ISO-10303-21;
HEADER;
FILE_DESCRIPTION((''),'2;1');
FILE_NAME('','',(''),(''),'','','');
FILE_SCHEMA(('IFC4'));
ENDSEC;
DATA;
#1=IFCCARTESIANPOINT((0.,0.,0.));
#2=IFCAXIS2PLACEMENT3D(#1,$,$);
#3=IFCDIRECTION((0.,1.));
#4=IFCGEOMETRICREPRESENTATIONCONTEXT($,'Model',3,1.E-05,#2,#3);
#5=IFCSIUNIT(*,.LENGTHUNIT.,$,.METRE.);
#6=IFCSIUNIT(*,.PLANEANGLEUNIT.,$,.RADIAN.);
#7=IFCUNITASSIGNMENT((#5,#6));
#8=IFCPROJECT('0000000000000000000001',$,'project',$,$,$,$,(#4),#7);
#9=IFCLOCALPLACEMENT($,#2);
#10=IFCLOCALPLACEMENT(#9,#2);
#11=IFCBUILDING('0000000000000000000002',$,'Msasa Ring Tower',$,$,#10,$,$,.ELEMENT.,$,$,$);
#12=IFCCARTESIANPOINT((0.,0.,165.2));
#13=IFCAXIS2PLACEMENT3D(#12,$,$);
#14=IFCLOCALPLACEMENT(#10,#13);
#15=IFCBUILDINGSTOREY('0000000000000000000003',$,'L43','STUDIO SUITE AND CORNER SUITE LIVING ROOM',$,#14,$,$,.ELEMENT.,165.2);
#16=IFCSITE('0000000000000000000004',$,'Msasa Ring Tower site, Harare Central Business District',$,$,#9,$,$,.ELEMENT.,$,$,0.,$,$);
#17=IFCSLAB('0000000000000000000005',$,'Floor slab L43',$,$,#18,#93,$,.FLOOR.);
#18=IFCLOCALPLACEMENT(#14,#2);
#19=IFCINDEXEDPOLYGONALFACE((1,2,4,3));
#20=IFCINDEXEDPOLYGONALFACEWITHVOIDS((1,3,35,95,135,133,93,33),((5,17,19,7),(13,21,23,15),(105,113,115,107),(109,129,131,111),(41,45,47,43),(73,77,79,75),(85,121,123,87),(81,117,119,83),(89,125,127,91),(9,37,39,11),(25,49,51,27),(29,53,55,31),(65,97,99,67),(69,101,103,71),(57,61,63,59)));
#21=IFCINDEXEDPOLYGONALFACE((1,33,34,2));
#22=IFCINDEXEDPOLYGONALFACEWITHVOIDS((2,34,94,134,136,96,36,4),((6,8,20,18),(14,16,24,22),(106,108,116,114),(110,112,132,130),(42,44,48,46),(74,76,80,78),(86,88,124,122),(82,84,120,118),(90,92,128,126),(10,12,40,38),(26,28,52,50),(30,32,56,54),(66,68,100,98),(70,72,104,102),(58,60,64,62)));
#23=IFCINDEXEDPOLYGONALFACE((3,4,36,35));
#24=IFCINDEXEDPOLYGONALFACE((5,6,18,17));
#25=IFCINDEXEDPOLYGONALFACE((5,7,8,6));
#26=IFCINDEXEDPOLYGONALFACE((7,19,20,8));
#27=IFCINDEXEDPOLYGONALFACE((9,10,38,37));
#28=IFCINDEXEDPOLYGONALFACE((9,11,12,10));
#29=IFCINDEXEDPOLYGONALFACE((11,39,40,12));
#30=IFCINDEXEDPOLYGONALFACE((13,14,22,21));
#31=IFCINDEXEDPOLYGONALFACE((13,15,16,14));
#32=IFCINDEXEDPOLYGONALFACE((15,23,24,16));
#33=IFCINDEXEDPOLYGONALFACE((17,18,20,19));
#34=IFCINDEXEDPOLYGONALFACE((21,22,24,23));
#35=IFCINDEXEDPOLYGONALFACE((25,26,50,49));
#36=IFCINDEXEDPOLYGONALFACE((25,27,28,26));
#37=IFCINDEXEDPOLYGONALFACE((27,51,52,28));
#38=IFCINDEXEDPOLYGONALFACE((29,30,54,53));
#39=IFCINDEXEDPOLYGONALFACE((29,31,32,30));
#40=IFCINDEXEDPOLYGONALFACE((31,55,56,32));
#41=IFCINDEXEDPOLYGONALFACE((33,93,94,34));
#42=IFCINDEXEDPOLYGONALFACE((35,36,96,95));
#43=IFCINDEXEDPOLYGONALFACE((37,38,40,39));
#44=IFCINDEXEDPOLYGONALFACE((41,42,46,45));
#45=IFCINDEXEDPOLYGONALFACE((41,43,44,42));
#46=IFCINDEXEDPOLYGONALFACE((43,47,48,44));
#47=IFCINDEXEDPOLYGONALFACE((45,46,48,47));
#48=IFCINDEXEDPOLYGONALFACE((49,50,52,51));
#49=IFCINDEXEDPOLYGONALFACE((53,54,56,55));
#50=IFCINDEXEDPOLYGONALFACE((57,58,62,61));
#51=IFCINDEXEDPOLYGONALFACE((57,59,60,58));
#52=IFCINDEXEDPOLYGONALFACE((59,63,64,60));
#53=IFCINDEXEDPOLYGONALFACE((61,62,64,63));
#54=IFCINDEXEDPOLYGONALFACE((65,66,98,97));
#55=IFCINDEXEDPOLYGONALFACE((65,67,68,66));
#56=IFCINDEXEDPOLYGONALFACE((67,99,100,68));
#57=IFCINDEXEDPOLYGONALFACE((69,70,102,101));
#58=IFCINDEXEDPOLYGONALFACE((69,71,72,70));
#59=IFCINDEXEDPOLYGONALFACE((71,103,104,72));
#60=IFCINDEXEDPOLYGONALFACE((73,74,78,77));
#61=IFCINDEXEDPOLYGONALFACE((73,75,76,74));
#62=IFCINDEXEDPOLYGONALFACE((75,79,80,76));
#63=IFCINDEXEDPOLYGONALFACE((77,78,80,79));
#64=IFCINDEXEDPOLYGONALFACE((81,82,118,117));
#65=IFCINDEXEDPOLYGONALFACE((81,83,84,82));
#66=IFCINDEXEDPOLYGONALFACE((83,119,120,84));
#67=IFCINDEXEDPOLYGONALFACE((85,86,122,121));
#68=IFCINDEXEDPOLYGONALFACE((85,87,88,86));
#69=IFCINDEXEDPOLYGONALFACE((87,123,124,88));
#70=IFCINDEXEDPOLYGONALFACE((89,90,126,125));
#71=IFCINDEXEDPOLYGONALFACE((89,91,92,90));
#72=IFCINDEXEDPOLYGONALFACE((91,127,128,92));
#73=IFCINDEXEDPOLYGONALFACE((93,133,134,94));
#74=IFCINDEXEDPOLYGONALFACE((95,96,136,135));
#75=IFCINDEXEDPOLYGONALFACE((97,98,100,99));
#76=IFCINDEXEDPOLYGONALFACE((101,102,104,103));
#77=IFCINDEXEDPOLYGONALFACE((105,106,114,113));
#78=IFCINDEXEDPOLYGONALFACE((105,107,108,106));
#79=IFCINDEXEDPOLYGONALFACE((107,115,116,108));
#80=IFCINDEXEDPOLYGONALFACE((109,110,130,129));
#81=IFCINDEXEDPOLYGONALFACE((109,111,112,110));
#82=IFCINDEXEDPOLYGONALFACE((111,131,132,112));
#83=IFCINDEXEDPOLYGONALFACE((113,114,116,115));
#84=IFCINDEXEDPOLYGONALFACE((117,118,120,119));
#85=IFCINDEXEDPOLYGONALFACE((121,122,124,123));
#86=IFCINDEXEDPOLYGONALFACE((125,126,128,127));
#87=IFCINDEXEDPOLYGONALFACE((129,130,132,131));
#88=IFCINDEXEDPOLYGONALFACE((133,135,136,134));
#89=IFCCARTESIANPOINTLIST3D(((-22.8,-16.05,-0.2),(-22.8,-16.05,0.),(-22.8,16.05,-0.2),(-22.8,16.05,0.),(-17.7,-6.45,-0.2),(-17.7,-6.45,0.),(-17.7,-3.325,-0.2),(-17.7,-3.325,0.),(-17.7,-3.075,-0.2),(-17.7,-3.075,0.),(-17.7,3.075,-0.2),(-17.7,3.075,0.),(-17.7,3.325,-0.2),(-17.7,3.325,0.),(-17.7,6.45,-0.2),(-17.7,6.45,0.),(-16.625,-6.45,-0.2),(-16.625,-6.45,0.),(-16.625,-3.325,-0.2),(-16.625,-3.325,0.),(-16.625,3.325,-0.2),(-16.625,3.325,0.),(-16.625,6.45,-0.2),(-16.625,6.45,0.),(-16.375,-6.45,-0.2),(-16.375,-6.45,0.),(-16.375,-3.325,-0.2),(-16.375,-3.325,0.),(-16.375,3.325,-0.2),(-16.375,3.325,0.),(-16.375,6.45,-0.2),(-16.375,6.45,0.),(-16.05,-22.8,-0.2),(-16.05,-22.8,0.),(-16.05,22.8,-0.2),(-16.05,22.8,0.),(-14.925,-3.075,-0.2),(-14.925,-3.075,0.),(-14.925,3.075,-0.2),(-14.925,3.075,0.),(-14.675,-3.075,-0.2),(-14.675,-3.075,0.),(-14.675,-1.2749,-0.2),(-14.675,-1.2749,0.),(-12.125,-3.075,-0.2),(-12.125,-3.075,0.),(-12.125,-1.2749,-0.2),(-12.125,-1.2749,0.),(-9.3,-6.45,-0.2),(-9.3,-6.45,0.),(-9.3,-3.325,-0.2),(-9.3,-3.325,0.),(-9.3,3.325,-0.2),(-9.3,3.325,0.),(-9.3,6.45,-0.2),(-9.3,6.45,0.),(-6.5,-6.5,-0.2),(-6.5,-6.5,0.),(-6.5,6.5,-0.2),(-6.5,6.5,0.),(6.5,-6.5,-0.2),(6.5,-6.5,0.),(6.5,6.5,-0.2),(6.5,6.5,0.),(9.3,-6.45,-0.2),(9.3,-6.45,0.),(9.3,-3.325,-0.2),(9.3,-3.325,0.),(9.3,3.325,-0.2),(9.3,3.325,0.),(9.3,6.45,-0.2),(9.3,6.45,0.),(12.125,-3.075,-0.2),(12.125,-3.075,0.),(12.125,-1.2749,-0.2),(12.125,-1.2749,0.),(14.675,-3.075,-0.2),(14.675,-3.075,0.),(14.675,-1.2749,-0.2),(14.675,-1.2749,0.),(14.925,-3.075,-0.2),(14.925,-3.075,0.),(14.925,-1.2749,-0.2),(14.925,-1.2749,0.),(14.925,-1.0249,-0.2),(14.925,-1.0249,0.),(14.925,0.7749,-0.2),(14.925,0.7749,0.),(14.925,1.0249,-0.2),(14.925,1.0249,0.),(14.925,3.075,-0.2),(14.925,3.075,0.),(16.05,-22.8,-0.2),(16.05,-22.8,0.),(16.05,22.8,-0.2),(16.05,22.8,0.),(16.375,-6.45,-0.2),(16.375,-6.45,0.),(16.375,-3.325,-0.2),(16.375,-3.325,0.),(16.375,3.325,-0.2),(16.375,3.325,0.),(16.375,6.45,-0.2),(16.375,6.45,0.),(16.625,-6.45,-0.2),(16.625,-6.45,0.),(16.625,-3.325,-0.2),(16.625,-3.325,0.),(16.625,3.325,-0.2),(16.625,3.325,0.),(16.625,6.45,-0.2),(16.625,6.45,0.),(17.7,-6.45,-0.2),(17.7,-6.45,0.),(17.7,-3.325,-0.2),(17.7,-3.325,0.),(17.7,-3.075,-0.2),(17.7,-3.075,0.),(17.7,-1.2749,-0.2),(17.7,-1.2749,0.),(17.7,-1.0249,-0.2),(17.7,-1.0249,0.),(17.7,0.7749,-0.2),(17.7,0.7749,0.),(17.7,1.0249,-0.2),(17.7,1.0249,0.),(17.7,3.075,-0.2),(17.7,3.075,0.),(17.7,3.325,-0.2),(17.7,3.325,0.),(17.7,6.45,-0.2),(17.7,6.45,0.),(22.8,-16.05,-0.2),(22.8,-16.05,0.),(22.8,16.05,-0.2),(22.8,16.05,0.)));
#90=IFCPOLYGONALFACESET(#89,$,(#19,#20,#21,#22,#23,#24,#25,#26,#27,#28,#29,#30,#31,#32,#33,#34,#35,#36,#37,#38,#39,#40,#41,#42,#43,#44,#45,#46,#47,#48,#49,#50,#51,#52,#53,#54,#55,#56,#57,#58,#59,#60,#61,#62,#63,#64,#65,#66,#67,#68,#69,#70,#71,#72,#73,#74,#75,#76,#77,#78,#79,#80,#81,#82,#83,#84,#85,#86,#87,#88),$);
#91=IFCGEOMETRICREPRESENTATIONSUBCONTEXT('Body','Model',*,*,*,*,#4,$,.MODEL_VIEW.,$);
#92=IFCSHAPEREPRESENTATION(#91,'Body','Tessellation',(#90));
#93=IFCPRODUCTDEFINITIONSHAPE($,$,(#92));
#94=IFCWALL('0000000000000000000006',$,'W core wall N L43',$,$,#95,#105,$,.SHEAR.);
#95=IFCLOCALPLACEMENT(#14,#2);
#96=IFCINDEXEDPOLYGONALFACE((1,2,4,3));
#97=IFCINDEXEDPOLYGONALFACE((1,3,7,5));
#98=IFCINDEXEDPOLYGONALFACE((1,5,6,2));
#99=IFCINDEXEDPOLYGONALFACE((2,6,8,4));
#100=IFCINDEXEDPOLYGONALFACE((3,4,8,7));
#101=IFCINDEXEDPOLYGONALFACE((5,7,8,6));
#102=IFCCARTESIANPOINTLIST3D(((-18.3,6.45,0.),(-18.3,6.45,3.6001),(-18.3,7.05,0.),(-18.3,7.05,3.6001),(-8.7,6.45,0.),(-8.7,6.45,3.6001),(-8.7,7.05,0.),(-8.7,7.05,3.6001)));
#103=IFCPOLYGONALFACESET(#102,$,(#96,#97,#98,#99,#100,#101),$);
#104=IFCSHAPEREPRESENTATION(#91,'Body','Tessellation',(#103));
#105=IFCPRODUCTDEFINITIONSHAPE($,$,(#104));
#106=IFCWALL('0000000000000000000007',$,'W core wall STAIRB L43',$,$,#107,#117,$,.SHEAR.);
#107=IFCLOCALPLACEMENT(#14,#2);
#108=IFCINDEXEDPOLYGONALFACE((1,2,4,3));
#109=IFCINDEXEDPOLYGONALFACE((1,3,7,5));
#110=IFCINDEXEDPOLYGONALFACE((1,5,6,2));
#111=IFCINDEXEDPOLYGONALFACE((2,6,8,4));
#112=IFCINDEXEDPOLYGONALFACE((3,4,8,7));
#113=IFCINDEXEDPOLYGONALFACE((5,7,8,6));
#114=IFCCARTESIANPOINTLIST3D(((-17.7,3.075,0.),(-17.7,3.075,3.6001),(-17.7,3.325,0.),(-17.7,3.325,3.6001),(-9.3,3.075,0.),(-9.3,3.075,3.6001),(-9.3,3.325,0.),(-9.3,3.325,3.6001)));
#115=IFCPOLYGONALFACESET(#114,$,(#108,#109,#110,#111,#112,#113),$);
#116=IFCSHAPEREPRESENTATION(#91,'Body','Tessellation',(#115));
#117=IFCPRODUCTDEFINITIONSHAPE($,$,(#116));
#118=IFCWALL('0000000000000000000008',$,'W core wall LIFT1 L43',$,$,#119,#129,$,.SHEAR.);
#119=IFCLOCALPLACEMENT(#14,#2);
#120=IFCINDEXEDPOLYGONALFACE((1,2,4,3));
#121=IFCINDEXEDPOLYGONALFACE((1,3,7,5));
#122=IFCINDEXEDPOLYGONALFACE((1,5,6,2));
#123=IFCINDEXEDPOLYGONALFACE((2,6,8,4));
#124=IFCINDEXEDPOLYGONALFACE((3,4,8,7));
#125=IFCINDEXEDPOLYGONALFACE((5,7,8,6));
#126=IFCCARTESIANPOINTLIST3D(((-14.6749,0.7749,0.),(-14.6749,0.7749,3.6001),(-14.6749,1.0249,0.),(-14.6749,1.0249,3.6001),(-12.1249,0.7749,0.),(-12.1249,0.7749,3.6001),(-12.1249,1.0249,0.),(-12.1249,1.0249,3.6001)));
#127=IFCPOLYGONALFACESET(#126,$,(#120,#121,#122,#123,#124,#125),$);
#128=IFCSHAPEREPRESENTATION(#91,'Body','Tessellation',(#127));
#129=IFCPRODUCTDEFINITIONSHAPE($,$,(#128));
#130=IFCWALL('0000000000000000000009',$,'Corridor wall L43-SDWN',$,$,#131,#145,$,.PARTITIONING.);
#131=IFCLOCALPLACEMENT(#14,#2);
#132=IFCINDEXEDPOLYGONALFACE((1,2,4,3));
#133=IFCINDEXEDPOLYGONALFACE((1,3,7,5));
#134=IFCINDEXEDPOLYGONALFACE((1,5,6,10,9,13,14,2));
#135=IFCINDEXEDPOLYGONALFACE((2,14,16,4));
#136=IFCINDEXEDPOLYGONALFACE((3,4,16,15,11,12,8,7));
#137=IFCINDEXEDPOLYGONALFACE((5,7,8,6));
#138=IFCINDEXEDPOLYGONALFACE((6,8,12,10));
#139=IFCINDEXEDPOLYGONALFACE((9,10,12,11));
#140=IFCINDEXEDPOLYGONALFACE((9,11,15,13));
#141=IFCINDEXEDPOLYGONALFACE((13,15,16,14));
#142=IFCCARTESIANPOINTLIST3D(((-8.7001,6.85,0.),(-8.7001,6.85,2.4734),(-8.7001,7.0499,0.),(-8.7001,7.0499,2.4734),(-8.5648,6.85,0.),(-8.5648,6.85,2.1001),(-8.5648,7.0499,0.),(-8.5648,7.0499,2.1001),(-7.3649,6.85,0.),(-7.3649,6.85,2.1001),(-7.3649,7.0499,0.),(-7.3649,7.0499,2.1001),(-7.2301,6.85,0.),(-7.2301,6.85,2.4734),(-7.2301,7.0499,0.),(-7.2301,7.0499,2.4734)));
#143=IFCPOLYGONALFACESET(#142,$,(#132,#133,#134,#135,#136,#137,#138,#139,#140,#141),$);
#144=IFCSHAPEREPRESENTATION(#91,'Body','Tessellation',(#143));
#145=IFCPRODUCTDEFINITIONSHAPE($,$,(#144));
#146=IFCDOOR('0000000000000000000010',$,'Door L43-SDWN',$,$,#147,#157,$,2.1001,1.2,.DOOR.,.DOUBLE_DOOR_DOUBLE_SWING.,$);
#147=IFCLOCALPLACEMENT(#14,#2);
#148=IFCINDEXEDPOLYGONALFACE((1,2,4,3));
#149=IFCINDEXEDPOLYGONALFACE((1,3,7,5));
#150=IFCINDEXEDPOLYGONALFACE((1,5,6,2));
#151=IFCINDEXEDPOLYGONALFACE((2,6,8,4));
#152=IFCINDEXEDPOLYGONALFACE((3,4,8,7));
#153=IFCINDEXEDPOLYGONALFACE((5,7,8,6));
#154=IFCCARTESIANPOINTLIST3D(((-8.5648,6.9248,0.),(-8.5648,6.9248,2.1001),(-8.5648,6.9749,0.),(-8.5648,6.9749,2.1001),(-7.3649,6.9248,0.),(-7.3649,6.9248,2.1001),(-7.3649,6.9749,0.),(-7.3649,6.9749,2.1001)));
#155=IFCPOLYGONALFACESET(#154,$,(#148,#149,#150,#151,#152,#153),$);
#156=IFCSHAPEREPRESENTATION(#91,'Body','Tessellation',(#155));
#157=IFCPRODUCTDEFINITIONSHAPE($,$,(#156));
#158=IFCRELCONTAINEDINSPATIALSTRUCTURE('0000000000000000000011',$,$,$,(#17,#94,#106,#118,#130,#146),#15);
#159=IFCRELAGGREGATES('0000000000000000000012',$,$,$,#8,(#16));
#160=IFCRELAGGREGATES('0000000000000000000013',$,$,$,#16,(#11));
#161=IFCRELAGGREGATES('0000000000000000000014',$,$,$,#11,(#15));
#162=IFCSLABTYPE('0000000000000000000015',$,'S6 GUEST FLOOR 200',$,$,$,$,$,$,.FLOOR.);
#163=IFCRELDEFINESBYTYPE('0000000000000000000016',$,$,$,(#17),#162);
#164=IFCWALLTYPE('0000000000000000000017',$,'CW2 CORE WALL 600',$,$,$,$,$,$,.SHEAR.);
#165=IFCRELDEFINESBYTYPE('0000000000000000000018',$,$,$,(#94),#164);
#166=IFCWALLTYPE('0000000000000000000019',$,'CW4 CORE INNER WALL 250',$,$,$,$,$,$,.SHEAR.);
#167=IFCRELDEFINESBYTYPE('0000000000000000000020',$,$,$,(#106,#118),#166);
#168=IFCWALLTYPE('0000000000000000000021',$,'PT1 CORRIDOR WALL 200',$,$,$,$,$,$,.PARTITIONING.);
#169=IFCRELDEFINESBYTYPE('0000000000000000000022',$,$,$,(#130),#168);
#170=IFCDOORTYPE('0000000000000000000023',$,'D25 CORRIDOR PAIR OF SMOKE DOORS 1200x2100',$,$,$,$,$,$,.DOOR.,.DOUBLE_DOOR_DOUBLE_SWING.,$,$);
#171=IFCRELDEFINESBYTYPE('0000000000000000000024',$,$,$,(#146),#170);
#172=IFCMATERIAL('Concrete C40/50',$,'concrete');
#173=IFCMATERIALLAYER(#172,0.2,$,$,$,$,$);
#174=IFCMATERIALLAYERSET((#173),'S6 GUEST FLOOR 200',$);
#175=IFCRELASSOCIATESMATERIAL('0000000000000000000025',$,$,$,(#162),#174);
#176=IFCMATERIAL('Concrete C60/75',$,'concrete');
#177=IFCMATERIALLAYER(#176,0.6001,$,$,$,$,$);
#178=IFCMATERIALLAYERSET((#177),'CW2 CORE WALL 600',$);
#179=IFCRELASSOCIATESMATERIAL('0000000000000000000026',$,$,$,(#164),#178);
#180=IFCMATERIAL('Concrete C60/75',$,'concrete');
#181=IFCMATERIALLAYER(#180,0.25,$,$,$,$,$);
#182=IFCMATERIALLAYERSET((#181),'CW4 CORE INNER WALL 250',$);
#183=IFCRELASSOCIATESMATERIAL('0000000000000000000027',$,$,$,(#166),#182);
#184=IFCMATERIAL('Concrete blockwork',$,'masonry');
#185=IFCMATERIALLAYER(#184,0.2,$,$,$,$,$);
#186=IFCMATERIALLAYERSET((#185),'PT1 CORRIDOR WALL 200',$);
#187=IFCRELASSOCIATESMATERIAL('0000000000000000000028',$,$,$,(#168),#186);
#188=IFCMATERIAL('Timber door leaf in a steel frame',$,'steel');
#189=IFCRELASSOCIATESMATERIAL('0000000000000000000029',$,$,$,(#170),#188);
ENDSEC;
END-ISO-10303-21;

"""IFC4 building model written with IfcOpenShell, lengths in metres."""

from ifc_helpers import new_model, si_unit, direction, frame, frame_2d, origin, place, context, subcontext, project, spatial, polyline, rectangle, outline, extrude, material, layer, layer_set, type_object, element, fill, save


model = new_model("IFC4")

# Units and contexts
model_context = context("Model", 3, precision=1e-05, world=origin(), true_north=direction((0.0, 1.0)))
body_context = subcontext(model_context, "Body", "Model", "MODEL_VIEW")
ifc_project = project(units=[si_unit("LENGTHUNIT", "METRE"), si_unit("PLANEANGLEUNIT", "RADIAN")], contexts=[model_context])

# Site, building, storey
site_placement = place(None, origin())
site = spatial("IfcSite", under=ifc_project, at=site_placement, Name="Msasa Ring Tower site, Harare Central Business District", CompositionType="ELEMENT", RefElevation=0.0)
building_placement = place(site_placement, origin())
building = spatial("IfcBuilding", under=site, at=building_placement, Name="Msasa Ring Tower", CompositionType="ELEMENT")
storey_placement = place(building_placement, frame((0.0, 0.0, 165.2)))
storey = spatial("IfcBuildingStorey", under=building, at=storey_placement, Name="L43", Description="STUDIO SUITE AND CORNER SUITE LIVING ROOM", CompositionType="ELEMENT", Elevation=165.2)

# Slab
ifc_material_1 = material(Name="Concrete C40/50", Category="concrete")
ifc_layer_1 = layer(ifc_material_1, 0.2)
ifc_layer_set_1 = layer_set([ifc_layer_1], Name="S6 GUEST FLOOR 200")
slab_type = type_object("IfcSlabType", Name="S6 GUEST FLOOR 200", PredefinedType="FLOOR", material=ifc_layer_set_1)
slab_placement = place(storey_placement, frame((0.0, 0.0, -0.2)))
element("IfcSlab", 1, at=slab_placement, inside=storey, type_object=slab_type, Name="Floor slab L43", PredefinedType="FLOOR", context=body_context, shape_type="SweptSolid", body=[
    extrude(outline(polyline([(-16.05, -22.8), (16.05, -22.8), (22.8, -16.05), (22.8, 16.05), (16.05, 22.8), (-16.05, 22.8), (-22.8, 16.05), (-22.8, -16.05), (-16.05, -22.8)]), holes=[polyline([(-6.5, -6.5), (6.5, -6.5), (6.5, 6.5), (-6.5, 6.5), (-6.5, -6.5)]), polyline([(9.3, -6.45), (16.375, -6.45), (16.375, -3.325), (9.3, -3.325), (9.3, -6.45)]), polyline([(9.3, 3.325), (16.375, 3.325), (16.375, 6.45), (9.3, 6.45), (9.3, 3.325)]), polyline([(12.125, -3.075), (14.675, -3.075), (14.675, -1.2749), (12.125, -1.2749), (12.125, -3.075)]), polyline([(16.625, -6.45), (17.7, -6.45), (17.7, -3.325), (16.625, -3.325), (16.625, -6.45)]), polyline([(16.625, 3.325), (17.7, 3.325), (17.7, 6.45), (16.625, 6.45), (16.625, 3.325)]), polyline([(14.925, -3.075), (17.7, -3.075), (17.7, -1.2749), (14.925, -1.2749), (14.925, -3.075)]), polyline([(14.925, -1.0249), (17.7, -1.0249), (17.7, 0.7749), (14.925, 0.7749), (14.925, -1.0249)]), polyline([(14.925, 1.0249), (17.7, 1.0249), (17.7, 3.075), (14.925, 3.075), (14.925, 1.0249)]), polyline([(-16.375, -6.45), (-9.3, -6.45), (-9.3, -3.325), (-16.375, -3.325), (-16.375, -6.45)]), polyline([(-16.375, 3.325), (-9.3, 3.325), (-9.3, 6.45), (-16.375, 6.45), (-16.375, 3.325)]), polyline([(-14.675, -3.075), (-12.125, -3.075), (-12.125, -1.2749), (-14.675, -1.2749), (-14.675, -3.075)]), polyline([(-17.7, -6.45), (-16.625, -6.45), (-16.625, -3.325), (-17.7, -3.325), (-17.7, -6.45)]), polyline([(-17.7, 3.325), (-16.625, 3.325), (-16.625, 6.45), (-17.7, 6.45), (-17.7, 3.325)]), polyline([(-17.7, -3.075), (-14.925, -3.075), (-14.925, 3.075), (-17.7, 3.075), (-17.7, -3.075)])]), origin(), (0.0, 0.0, 1.0), 0.2),
])

# Walls
ifc_material_2 = material(Name="Concrete C60/75", Category="concrete")
ifc_layer_2 = layer(ifc_material_2, 0.6001)
ifc_layer_set_2 = layer_set([ifc_layer_2], Name="CW2 CORE WALL 600")
wall_type_1 = type_object("IfcWallType", Name="CW2 CORE WALL 600", PredefinedType="SHEAR", material=ifc_layer_set_2)
wall_1_placement = place(storey_placement, frame((-8.7, 6.75, 0.0), z_axis=(0.0, 0.0, 1.0), x_axis=(-1.0, 0.0, 0.0)))
element("IfcWall", 2, at=wall_1_placement, inside=storey, type_object=wall_type_1, Name="W core wall N L43", PredefinedType="SHEAR", context=body_context, shape_type="SweptSolid", body=[
    extrude(rectangle(XDim=9.6001, YDim=0.6001, at=frame_2d((4.8, 0.0))), origin(), (0.0, 0.0, 1.0), 3.6001),
])
ifc_material_3 = material(Name="Concrete C60/75", Category="concrete")
ifc_layer_3 = layer(ifc_material_3, 0.25)
ifc_layer_set_3 = layer_set([ifc_layer_3], Name="CW4 CORE INNER WALL 250")
wall_type_2 = type_object("IfcWallType", Name="CW4 CORE INNER WALL 250", PredefinedType="SHEAR", material=ifc_layer_set_3)
wall_2_placement = place(storey_placement, frame((-9.3, 3.2, 0.0), z_axis=(0.0, 0.0, 1.0), x_axis=(-1.0, 0.0, 0.0)))
element("IfcWall", 3, at=wall_2_placement, inside=storey, type_object=wall_type_2, Name="W core wall STAIRB L43", PredefinedType="SHEAR", context=body_context, shape_type="SweptSolid", body=[
    extrude(rectangle(XDim=8.3999, YDim=0.25, at=frame_2d((4.2, 0.0))), origin(), (0.0, 0.0, 1.0), 3.6001),
])
wall_3_placement = place(storey_placement, frame((-12.125, 0.8999, 0.0), z_axis=(0.0, 0.0, 1.0), x_axis=(-1.0, 0.0, 0.0)))
element("IfcWall", 4, at=wall_3_placement, inside=storey, type_object=wall_type_2, Name="W core wall LIFT1 L43", PredefinedType="SHEAR", context=body_context, shape_type="SweptSolid", body=[
    extrude(rectangle(XDim=2.55, YDim=0.25, at=frame_2d((1.2749, 0.0))), origin(), (0.0, 0.0, 1.0), 3.6001),
])

# Wall, opening, door
ifc_material_4 = material(Name="Concrete blockwork", Category="masonry")
ifc_layer_4 = layer(ifc_material_4, 0.2)
ifc_layer_set_4 = layer_set([ifc_layer_4], Name="PT1 CORRIDOR WALL 200")
wall_type_3 = type_object("IfcWallType", Name="PT1 CORRIDOR WALL 200", PredefinedType="PARTITIONING", material=ifc_layer_set_4)
wall_4_placement = place(storey_placement, frame((-8.7, 6.95, 0.0), z_axis=(0.0, 0.0, 1.0), x_axis=(1.0, 0.0, 0.0)))
wall_4 = element("IfcWall", 5, at=wall_4_placement, inside=storey, type_object=wall_type_3, Name="Corridor wall L43-SDWN", PredefinedType="PARTITIONING", context=body_context, shape_type="SweptSolid", body=[
    extrude(rectangle(XDim=1.47, YDim=0.2, at=frame_2d((0.7349, 0.0))), origin(), (0.0, 0.0, 1.0), 2.4734),
])
opening_1_placement = place(wall_4_placement, frame((0.135, 0.0, 0.0)))
opening_1 = element("IfcOpeningElement", 6, at=opening_1_placement, cuts=wall_4, PredefinedType="OPENING", context=body_context, shape_type="SweptSolid", body=[
    extrude(rectangle(XDim=1.2, YDim=2.1001, at=frame_2d((0.6001, 1.05))), frame((0.0, 0.1099, 0.0), z_axis=(0.0, -1.0, 0.0), x_axis=(1.0, 0.0, 0.0)), (0.0, 0.0, 1.0), 0.22),
])
ifc_material_5 = material(Name="Timber door leaf in a steel frame", Category="steel")
door_type_1 = type_object("IfcDoorType", Name="D25 CORRIDOR PAIR OF SMOKE DOORS 1200x2100", OperationType="DOUBLE_DOOR_DOUBLE_SWING", PredefinedType="DOOR", material=ifc_material_5)
door_1_placement = place(opening_1_placement, origin())
door_1 = element("IfcDoor", 7, at=door_1_placement, inside=storey, type_object=door_type_1, Name="Door L43-SDWN", OperationType="DOUBLE_DOOR_DOUBLE_SWING", OverallHeight=2.1001, OverallWidth=1.2, PredefinedType="DOOR", context=body_context, shape_type="SweptSolid", body=[
    extrude(rectangle(XDim=1.2, YDim=2.1001, at=frame_2d((0.6001, 1.05))), frame((0.0, 0.0249, 0.0), z_axis=(0.0, -1.0, 0.0), x_axis=(1.0, 0.0, 0.0)), (0.0, 0.0, 1.0), 0.05),
])
fill(opening_1, door_1)

save(model, "model.ifc")
